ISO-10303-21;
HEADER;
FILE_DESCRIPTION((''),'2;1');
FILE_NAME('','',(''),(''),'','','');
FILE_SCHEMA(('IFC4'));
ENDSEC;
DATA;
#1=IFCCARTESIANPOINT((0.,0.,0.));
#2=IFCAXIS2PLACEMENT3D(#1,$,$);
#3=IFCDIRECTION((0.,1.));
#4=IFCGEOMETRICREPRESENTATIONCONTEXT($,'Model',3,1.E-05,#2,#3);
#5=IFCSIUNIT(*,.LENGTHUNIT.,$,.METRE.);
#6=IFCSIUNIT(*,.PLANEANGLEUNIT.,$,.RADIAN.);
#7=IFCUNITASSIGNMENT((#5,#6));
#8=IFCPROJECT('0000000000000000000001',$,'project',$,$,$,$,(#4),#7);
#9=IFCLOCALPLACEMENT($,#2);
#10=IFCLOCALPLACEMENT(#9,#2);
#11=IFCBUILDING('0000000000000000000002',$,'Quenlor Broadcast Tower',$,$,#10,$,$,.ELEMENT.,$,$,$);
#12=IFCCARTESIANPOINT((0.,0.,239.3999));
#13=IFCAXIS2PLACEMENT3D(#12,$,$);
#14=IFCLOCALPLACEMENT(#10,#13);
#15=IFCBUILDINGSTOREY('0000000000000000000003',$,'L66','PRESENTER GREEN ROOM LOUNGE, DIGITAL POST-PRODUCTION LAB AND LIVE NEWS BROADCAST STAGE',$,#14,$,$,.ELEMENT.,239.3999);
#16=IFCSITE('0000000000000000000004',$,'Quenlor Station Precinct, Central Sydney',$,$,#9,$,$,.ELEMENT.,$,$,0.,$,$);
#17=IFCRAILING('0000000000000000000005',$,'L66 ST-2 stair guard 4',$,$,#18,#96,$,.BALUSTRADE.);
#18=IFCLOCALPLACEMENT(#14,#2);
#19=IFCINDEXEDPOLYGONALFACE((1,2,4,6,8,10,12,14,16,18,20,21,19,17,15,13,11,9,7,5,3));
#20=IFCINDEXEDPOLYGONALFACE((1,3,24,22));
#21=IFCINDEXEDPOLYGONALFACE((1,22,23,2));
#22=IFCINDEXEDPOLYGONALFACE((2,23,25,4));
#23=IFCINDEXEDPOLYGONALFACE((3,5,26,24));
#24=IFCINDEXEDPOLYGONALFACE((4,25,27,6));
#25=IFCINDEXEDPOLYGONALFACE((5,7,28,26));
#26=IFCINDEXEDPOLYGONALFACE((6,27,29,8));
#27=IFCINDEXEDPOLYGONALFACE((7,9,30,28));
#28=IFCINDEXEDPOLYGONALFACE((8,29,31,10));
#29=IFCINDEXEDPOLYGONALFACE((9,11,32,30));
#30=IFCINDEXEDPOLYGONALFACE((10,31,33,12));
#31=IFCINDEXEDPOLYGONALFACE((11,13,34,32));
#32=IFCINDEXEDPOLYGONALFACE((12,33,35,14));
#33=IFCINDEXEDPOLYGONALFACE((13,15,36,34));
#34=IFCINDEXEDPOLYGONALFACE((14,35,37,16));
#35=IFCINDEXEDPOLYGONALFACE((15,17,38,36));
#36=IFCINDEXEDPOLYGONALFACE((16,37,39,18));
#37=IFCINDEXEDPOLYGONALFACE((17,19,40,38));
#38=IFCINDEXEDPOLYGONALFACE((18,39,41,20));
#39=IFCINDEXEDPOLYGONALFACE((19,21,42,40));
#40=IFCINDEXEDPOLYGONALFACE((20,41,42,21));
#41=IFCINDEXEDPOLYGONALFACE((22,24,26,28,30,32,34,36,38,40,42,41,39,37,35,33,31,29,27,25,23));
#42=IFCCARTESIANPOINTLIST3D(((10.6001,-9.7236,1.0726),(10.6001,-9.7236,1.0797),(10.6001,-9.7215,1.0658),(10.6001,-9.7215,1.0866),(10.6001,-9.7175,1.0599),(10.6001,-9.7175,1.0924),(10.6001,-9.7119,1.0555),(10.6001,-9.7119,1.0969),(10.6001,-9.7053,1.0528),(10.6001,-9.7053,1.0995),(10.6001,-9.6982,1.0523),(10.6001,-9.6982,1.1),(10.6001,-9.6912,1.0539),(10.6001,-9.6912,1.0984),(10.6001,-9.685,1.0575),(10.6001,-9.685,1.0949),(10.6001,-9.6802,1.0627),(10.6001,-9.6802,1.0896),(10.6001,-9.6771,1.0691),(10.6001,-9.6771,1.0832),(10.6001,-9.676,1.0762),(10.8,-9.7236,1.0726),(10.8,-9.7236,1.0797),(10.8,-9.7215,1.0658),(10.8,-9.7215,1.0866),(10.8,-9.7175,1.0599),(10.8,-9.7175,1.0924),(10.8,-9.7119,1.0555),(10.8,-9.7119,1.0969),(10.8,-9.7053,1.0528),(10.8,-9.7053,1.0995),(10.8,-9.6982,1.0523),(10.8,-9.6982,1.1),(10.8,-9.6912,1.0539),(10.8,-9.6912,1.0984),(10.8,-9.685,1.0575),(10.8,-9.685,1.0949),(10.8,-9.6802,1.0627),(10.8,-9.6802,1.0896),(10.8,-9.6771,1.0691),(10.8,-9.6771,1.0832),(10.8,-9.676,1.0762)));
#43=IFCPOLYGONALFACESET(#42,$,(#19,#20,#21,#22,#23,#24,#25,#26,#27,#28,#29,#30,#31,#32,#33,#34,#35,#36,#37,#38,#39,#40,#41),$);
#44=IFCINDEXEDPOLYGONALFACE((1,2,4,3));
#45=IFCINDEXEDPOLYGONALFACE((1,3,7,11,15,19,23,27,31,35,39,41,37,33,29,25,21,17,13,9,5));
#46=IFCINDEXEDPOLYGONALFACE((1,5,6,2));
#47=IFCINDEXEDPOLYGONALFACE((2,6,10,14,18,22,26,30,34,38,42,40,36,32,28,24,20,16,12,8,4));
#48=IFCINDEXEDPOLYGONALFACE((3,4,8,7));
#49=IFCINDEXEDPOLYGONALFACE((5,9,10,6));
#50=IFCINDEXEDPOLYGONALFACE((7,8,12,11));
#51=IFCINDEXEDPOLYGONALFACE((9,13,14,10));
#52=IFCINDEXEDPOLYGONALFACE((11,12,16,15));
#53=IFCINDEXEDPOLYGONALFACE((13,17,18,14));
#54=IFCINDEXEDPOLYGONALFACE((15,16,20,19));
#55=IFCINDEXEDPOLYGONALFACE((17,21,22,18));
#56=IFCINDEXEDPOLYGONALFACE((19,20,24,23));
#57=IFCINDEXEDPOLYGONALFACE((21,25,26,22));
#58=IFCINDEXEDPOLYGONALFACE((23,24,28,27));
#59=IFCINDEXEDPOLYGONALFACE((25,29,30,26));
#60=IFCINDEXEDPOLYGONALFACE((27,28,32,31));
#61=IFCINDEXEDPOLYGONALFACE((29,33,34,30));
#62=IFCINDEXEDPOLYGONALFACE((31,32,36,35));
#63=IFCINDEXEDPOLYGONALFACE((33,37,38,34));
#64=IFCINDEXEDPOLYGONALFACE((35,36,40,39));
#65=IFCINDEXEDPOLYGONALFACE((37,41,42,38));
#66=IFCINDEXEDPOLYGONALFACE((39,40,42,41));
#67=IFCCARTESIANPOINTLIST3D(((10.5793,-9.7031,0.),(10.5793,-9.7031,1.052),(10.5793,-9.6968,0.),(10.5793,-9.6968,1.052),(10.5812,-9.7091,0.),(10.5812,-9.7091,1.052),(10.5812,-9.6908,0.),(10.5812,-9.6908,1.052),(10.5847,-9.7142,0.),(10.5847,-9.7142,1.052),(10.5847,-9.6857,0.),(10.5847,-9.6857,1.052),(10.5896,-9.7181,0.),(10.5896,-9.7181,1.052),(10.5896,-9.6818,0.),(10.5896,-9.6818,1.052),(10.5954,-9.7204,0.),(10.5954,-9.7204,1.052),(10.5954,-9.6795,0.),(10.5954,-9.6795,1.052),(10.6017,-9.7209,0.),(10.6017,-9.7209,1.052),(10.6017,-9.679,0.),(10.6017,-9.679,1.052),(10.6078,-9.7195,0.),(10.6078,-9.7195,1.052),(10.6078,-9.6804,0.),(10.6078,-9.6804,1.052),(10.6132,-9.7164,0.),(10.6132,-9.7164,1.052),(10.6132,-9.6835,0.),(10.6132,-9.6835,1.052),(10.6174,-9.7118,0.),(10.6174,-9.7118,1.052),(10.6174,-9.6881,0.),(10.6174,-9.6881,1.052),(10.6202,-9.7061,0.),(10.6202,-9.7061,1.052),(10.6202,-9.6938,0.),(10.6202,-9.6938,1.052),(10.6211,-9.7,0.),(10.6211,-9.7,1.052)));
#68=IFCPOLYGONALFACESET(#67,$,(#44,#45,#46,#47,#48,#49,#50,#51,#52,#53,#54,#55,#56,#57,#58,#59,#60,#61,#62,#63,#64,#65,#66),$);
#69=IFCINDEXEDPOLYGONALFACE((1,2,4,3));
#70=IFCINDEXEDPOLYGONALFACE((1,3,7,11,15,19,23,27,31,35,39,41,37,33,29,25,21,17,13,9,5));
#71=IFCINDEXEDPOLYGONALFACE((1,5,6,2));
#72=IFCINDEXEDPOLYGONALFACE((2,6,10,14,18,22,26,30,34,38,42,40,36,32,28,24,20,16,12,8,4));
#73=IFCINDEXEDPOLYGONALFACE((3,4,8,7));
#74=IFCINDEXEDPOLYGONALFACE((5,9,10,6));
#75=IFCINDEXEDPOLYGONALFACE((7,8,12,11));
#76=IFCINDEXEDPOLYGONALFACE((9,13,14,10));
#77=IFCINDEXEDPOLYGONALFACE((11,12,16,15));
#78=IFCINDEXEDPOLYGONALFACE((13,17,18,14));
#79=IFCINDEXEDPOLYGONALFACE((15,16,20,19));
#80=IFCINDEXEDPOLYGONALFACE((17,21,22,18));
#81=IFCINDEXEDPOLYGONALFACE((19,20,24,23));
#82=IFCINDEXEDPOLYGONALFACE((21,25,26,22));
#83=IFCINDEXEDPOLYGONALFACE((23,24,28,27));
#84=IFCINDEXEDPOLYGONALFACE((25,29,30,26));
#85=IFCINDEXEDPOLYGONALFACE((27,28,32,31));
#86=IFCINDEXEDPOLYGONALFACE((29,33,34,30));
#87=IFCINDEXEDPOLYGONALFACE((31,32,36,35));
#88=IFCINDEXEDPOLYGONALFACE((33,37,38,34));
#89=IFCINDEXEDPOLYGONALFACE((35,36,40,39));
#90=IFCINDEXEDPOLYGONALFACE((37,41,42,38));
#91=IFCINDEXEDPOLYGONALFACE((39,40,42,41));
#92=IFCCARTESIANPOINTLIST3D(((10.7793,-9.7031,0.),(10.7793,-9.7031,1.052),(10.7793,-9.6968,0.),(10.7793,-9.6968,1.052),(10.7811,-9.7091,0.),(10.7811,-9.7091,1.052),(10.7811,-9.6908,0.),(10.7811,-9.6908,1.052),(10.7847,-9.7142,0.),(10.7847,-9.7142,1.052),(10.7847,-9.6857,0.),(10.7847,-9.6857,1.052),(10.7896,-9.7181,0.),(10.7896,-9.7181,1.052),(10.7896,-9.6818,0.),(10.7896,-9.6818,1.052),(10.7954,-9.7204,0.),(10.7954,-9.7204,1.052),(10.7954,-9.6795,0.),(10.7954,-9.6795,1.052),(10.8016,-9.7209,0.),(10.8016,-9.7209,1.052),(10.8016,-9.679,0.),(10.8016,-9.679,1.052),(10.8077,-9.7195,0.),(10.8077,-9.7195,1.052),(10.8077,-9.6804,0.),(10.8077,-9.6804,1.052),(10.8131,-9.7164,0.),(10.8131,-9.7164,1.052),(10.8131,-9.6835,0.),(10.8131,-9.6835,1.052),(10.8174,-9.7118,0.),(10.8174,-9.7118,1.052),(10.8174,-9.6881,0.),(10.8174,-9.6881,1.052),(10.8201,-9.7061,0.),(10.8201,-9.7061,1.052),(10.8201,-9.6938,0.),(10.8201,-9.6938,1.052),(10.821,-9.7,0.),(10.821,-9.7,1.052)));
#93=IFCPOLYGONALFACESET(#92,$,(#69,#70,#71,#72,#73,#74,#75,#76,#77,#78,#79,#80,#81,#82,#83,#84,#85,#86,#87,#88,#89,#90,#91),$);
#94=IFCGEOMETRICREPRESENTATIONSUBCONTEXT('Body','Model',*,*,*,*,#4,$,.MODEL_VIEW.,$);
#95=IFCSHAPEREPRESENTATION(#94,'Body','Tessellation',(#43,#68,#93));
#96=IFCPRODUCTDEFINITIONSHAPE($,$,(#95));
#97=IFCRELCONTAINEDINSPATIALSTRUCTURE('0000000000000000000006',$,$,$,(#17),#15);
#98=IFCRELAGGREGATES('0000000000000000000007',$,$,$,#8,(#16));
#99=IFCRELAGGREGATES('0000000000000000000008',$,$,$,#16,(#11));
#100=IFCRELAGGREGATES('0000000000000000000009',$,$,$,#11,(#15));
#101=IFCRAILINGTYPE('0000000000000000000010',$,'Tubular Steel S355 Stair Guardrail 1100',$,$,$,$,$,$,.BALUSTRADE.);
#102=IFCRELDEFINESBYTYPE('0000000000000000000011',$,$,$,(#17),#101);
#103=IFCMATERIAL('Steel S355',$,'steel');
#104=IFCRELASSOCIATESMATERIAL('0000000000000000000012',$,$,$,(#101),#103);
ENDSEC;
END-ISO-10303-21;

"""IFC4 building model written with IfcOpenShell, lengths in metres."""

from ifc_helpers import new_model, si_unit, direction, frame, origin, origin_2d, place, context, subcontext, project, spatial, circle, extrude, material, type_object, element, save


model = new_model("IFC4")

# Units and contexts
model_context = context("Model", 3, precision=1e-05, world=origin(), true_north=direction((0.0, 1.0)))
body_context = subcontext(model_context, "Body", "Model", "MODEL_VIEW")
ifc_project = project(units=[si_unit("LENGTHUNIT", "METRE"), si_unit("PLANEANGLEUNIT", "RADIAN")], contexts=[model_context])

# Site, building, storey
site_placement = place(None, origin())
site = spatial("IfcSite", under=ifc_project, at=site_placement, Name="Quenlor Station Precinct, Central Sydney", CompositionType="ELEMENT", RefElevation=0.0)
building_placement = place(site_placement, origin())
building = spatial("IfcBuilding", under=site, at=building_placement, Name="Quenlor Broadcast Tower", CompositionType="ELEMENT")
storey_placement = place(building_placement, frame((0.0, 0.0, 239.3999)))
storey = spatial("IfcBuildingStorey", under=building, at=storey_placement, Name="L66", Description="PRESENTER GREEN ROOM LOUNGE, DIGITAL POST-PRODUCTION LAB AND LIVE NEWS BROADCAST STAGE", CompositionType="ELEMENT", Elevation=239.3999)

# Railing
ifc_material_1 = material(Name="Steel S355", Category="steel")
railing_type_1 = type_object("IfcRailingType", Name="Tubular Steel S355 Stair Guardrail 1100", PredefinedType="BALUSTRADE", material=ifc_material_1)
railing_1_placement = place(storey_placement, frame((10.6001, -9.7, 0.0)))
element("IfcRailing", 1, at=railing_1_placement, inside=storey, type_object=railing_type_1, Name="L66 ST-2 stair guard 4", PredefinedType="BALUSTRADE", context=body_context, shape_type="SweptSolid", body=[
    extrude(circle(Radius=0.0239, at=origin_2d()), frame((0.0, 0.0, 1.0762), z_axis=(1.0, 0.0, 0.0), x_axis=(0.0, 1.0, 0.0)), (0.0, 0.0, 1.0), 0.2),
    extrude(circle(Radius=0.021, at=origin_2d()), origin(), (0.0, 0.0, 1.0), 1.052),
    extrude(circle(Radius=0.021, at=origin_2d()), frame((0.2, 0.0, 0.0)), (0.0, 0.0, 1.0), 1.052),
])

save(model, "model.ifc")
